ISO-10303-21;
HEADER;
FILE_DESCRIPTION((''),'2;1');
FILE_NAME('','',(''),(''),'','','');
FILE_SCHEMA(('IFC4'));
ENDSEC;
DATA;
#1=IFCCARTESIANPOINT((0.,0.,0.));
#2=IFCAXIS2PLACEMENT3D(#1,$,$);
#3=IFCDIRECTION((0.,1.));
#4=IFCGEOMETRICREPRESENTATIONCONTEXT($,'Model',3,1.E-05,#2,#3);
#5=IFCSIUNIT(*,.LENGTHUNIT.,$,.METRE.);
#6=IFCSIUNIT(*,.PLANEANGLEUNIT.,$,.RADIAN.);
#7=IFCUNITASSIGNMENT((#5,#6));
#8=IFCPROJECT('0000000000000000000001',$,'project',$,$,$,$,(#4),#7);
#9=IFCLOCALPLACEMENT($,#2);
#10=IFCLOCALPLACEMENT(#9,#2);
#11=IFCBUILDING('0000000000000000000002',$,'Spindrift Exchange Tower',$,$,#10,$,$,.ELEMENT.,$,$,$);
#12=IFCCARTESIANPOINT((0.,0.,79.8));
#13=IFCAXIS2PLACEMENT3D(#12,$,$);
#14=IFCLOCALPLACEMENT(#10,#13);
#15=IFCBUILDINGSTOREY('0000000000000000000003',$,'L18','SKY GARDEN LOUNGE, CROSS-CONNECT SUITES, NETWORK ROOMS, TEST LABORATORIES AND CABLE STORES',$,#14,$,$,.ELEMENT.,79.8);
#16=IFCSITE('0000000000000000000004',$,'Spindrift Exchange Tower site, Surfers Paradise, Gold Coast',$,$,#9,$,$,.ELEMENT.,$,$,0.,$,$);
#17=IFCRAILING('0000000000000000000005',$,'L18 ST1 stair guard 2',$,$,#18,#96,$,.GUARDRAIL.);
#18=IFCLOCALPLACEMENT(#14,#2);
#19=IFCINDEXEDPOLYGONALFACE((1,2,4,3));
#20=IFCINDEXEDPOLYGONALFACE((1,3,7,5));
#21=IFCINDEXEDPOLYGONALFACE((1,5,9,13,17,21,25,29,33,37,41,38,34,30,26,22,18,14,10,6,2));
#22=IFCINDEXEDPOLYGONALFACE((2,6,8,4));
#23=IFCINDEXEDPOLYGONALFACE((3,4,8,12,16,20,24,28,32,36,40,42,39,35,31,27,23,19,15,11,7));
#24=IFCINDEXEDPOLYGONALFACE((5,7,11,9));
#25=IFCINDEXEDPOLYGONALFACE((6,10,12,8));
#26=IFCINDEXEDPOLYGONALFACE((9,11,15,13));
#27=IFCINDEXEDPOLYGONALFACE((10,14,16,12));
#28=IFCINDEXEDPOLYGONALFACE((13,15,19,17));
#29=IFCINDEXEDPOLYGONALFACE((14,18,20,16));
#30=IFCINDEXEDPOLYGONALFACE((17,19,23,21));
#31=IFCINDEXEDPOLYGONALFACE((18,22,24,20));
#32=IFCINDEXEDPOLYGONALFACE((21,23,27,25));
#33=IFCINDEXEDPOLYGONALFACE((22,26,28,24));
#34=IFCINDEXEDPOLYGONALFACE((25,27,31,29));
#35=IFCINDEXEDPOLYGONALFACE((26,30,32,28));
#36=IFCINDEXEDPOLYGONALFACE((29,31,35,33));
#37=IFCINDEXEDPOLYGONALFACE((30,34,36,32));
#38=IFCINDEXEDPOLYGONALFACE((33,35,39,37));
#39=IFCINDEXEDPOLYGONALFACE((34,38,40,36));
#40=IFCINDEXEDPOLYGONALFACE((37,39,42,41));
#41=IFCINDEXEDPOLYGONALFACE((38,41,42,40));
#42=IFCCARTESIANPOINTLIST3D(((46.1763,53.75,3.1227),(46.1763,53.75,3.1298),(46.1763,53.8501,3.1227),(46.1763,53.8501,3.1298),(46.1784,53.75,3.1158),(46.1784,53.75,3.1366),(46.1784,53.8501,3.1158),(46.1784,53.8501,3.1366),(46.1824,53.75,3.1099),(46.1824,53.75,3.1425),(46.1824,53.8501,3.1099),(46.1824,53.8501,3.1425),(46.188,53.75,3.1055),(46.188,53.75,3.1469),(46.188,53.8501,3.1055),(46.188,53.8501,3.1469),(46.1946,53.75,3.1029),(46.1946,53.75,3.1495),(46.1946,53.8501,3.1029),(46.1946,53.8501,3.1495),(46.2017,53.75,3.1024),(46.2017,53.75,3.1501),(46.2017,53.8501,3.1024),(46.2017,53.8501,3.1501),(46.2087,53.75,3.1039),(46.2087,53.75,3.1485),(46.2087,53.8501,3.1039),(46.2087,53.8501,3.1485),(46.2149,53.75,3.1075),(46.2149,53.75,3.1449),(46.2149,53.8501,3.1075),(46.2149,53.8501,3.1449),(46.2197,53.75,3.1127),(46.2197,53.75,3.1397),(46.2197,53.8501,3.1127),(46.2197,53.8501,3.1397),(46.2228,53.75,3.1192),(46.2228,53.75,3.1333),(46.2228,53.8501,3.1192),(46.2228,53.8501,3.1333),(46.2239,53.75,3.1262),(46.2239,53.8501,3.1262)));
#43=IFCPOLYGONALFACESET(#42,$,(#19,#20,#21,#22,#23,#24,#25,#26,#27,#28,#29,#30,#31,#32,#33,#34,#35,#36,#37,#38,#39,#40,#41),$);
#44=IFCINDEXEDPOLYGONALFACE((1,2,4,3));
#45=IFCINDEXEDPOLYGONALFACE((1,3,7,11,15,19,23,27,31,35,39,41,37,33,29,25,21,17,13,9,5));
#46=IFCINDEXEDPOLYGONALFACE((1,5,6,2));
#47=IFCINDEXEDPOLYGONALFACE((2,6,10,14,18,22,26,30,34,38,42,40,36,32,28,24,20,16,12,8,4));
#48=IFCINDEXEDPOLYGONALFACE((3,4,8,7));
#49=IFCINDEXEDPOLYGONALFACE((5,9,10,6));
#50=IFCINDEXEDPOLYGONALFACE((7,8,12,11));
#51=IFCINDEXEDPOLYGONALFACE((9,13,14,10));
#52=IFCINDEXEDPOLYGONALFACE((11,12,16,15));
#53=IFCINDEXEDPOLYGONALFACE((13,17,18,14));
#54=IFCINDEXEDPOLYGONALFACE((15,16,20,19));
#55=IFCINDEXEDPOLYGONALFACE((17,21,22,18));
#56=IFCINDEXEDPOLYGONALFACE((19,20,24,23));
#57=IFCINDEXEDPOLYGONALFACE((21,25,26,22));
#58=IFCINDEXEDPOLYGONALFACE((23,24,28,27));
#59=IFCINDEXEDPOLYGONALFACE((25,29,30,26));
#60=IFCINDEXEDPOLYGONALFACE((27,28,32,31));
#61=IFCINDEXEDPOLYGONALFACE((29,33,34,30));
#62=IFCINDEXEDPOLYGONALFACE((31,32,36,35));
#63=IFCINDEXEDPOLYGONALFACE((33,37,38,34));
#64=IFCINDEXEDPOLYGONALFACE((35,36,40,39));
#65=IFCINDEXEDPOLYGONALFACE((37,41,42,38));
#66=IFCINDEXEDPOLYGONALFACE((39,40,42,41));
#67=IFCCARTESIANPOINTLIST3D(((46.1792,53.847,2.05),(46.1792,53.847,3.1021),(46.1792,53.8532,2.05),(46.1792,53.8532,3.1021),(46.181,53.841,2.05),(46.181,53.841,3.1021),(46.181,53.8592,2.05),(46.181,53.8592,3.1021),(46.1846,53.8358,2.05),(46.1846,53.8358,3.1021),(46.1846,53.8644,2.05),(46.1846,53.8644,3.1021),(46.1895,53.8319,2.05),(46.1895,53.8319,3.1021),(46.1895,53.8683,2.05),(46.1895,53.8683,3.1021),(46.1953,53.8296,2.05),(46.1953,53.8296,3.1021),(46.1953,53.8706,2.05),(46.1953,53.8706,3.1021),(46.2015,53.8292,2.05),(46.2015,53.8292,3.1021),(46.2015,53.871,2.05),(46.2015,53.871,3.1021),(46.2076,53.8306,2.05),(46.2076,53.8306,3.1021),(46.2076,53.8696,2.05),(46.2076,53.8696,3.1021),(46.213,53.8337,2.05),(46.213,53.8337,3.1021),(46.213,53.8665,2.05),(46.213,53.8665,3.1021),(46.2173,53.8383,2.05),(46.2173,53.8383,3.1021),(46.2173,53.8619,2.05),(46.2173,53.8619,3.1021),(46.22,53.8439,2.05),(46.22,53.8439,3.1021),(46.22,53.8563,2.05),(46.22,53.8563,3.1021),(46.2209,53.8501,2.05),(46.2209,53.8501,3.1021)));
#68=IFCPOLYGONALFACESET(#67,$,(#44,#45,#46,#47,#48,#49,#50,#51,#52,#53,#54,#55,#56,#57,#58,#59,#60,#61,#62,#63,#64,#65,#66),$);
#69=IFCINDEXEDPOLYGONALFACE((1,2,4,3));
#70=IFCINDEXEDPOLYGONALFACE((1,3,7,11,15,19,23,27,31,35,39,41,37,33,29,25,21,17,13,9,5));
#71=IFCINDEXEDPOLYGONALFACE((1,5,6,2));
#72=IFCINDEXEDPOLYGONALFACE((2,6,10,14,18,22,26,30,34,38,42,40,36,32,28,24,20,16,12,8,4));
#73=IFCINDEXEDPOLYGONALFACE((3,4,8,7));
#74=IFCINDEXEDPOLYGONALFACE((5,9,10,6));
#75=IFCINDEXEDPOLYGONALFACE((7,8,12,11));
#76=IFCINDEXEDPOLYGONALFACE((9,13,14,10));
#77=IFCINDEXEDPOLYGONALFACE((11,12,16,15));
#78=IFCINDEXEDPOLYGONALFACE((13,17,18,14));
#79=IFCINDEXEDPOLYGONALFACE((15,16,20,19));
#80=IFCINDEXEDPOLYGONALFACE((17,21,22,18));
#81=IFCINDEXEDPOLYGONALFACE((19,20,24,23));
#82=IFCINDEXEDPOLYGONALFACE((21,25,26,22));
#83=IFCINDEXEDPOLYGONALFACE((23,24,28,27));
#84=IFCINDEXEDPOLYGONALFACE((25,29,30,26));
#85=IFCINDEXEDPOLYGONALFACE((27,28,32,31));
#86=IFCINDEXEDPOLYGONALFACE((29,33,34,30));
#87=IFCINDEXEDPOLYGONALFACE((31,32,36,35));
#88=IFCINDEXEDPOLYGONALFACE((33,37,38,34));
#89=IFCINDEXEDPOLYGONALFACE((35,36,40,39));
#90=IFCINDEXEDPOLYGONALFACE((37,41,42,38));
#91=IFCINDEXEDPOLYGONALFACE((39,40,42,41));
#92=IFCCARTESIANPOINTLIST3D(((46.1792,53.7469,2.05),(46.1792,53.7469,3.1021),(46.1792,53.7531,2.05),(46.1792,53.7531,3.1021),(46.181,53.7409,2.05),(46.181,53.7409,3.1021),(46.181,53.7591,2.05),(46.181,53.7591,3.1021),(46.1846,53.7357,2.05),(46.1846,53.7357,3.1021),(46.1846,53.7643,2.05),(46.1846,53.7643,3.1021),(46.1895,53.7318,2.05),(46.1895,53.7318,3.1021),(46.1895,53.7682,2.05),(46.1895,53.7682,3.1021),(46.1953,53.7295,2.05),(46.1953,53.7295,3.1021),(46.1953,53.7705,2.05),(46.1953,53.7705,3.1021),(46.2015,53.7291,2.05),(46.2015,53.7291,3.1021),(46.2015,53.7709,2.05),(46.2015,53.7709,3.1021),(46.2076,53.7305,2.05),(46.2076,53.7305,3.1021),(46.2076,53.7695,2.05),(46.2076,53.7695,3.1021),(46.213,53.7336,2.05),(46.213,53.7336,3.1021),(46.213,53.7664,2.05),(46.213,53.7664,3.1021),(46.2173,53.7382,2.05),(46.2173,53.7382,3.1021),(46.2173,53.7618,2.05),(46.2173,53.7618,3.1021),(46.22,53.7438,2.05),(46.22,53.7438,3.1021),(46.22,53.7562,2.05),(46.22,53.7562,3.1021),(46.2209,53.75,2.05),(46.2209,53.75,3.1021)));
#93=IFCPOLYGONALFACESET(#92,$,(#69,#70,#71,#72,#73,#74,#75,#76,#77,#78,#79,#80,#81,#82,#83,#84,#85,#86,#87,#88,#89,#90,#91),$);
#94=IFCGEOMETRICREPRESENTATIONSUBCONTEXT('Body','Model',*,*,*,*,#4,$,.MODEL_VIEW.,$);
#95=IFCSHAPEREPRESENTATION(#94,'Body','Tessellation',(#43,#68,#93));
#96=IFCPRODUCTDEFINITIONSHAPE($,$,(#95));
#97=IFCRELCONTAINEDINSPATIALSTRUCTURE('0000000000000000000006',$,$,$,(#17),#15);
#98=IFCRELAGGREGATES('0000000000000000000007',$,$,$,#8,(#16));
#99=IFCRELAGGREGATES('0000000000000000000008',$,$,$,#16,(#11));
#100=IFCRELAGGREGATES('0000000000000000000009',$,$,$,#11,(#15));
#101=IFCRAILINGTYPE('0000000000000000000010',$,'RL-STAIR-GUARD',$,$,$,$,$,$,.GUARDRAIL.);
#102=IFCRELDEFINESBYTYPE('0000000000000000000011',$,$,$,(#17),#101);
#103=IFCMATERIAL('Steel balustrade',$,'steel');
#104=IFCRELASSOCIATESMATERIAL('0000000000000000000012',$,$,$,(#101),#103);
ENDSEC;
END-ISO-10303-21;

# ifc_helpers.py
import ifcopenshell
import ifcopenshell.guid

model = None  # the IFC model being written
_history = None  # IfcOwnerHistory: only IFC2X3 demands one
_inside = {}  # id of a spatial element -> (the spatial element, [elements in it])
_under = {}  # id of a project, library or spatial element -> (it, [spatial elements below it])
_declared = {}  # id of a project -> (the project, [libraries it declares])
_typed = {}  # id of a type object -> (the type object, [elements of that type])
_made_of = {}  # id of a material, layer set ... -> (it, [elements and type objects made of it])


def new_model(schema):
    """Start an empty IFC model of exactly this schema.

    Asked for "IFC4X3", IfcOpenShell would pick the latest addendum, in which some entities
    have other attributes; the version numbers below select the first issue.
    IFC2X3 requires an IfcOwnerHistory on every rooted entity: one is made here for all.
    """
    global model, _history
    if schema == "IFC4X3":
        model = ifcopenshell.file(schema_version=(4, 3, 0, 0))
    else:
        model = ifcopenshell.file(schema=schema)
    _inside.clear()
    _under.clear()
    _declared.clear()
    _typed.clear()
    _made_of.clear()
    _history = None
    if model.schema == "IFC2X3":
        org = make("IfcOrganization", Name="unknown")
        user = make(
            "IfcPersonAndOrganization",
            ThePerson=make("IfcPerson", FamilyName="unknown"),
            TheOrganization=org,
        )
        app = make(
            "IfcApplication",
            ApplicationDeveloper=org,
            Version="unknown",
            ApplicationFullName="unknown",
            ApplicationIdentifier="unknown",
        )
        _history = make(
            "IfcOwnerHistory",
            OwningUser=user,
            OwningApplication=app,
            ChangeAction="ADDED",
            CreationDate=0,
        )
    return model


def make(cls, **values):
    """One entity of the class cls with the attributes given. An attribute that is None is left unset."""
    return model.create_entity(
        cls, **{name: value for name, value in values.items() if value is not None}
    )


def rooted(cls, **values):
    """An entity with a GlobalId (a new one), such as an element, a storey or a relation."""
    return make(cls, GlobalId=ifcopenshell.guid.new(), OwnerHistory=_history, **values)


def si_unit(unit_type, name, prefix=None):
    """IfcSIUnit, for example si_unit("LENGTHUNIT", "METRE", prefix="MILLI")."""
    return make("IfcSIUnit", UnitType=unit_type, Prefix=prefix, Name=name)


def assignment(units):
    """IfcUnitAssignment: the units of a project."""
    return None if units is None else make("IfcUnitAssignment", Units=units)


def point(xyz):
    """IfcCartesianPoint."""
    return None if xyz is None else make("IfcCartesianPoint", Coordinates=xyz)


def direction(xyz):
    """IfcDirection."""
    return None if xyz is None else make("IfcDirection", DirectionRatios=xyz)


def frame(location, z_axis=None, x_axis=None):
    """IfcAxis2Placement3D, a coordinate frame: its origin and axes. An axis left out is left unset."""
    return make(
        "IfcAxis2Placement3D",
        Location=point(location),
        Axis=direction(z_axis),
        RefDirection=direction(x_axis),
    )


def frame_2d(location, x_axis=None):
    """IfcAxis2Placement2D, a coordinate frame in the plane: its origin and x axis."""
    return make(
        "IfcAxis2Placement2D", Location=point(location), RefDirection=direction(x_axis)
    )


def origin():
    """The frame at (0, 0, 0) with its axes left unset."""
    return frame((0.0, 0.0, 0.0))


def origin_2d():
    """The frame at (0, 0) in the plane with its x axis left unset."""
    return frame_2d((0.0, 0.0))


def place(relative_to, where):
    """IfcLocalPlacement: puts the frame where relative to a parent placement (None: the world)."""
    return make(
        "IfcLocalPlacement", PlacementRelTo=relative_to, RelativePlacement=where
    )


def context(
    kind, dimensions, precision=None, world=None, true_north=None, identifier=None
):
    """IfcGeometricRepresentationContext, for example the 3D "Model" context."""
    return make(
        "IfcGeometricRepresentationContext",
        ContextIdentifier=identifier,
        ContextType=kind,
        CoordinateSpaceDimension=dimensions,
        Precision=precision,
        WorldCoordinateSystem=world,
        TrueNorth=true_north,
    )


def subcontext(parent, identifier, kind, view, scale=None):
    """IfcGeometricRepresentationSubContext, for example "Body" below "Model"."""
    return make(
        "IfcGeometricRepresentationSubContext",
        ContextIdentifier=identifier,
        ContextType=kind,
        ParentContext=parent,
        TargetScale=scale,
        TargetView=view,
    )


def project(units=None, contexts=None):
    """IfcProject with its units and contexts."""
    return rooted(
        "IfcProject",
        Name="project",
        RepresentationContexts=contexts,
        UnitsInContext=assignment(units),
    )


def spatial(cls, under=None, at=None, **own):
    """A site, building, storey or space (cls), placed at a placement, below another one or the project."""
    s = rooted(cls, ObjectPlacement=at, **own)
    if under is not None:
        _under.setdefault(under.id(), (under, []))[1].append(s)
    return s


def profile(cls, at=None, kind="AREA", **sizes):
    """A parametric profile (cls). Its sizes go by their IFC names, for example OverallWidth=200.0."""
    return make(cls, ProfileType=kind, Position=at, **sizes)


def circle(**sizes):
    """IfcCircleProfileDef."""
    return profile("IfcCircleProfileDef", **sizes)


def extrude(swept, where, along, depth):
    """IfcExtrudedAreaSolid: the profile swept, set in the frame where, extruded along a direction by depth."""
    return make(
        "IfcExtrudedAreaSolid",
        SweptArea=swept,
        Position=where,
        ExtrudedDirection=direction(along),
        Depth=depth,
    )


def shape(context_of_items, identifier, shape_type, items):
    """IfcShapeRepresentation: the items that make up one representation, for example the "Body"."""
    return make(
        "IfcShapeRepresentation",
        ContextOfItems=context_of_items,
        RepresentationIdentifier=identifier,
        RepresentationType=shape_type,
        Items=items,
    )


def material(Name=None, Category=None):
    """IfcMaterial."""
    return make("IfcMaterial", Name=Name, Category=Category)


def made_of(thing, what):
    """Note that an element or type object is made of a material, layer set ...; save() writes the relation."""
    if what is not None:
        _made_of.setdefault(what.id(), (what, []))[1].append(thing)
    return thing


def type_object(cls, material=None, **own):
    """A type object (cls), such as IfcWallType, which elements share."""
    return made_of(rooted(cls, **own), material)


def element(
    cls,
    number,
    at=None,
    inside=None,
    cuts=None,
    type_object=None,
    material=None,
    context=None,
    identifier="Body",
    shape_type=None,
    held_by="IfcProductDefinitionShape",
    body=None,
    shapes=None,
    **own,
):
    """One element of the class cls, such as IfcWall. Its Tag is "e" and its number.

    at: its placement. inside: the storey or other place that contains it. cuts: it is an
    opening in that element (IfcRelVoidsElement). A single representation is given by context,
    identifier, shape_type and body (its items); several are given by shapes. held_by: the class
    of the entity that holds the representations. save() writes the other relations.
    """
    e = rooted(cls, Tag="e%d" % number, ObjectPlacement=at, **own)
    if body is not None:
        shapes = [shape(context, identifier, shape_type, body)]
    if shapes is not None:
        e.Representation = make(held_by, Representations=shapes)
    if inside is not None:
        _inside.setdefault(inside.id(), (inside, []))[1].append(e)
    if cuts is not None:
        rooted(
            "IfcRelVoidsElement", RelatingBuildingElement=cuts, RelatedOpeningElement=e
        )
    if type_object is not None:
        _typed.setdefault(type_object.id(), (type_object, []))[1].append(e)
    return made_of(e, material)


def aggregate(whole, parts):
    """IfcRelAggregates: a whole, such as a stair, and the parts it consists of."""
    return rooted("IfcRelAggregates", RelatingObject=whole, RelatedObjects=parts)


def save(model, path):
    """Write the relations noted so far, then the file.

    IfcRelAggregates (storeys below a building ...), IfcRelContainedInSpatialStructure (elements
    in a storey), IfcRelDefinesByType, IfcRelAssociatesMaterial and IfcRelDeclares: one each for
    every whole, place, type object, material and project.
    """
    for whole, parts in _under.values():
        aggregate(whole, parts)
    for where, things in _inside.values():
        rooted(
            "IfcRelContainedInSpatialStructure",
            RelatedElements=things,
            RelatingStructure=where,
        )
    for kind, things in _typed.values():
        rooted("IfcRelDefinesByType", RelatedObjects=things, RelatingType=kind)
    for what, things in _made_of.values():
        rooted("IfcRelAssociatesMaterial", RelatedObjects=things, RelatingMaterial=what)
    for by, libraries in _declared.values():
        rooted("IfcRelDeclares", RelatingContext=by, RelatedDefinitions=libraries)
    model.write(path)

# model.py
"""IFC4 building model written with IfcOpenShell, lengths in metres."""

from ifc_helpers import new_model, si_unit, direction, frame, origin, origin_2d, place, context, subcontext, project, spatial, circle, extrude, material, type_object, element, save


model = new_model("IFC4")

# Units and contexts
model_context = context("Model", 3, precision=1e-05, world=origin(), true_north=direction((0.0, 1.0)))
body_context = subcontext(model_context, "Body", "Model", "MODEL_VIEW")
ifc_project = project(units=[si_unit("LENGTHUNIT", "METRE"), si_unit("PLANEANGLEUNIT", "RADIAN")], contexts=[model_context])

# Site, building, storey
site_placement = place(None, origin())
site = spatial("IfcSite", under=ifc_project, at=site_placement, Name="Spindrift Exchange Tower site, Surfers Paradise, Gold Coast", CompositionType="ELEMENT", RefElevation=0.0)
building_placement = place(site_placement, origin())
building = spatial("IfcBuilding", under=site, at=building_placement, Name="Spindrift Exchange Tower", CompositionType="ELEMENT")
storey_placement = place(building_placement, frame((0.0, 0.0, 79.8)))
storey = spatial("IfcBuildingStorey", under=building, at=storey_placement, Name="L18", Description="SKY GARDEN LOUNGE, CROSS-CONNECT SUITES, NETWORK ROOMS, TEST LABORATORIES AND CABLE STORES", CompositionType="ELEMENT", Elevation=79.8)

# Railing
ifc_material_1 = material(Name="Steel balustrade", Category="steel")
railing_type_1 = type_object("IfcRailingType", Name="RL-STAIR-GUARD", PredefinedType="GUARDRAIL", material=ifc_material_1)
railing_1_placement = place(storey_placement, frame((46.2, 53.8501, 2.05)))
element("IfcRailing", 1, at=railing_1_placement, inside=storey, type_object=railing_type_1, Name="L18 ST1 stair guard 2", PredefinedType="GUARDRAIL", context=body_context, shape_type="SweptSolid", body=[
    extrude(circle(Radius=0.0239, at=origin_2d()), frame((0.0, 0.0, 1.0762), z_axis=(0.0, -1.0, 0.0), x_axis=(1.0, 0.0, 0.0)), (0.0, 0.0, 1.0), 0.1001),
    extrude(circle(Radius=0.021, at=origin_2d()), origin(), (0.0, 0.0, 1.0), 1.052),
    extrude(circle(Radius=0.021, at=origin_2d()), frame((0.0, -0.1001, 0.0)), (0.0, 0.0, 1.0), 1.052),
])

save(model, "model.ifc")
